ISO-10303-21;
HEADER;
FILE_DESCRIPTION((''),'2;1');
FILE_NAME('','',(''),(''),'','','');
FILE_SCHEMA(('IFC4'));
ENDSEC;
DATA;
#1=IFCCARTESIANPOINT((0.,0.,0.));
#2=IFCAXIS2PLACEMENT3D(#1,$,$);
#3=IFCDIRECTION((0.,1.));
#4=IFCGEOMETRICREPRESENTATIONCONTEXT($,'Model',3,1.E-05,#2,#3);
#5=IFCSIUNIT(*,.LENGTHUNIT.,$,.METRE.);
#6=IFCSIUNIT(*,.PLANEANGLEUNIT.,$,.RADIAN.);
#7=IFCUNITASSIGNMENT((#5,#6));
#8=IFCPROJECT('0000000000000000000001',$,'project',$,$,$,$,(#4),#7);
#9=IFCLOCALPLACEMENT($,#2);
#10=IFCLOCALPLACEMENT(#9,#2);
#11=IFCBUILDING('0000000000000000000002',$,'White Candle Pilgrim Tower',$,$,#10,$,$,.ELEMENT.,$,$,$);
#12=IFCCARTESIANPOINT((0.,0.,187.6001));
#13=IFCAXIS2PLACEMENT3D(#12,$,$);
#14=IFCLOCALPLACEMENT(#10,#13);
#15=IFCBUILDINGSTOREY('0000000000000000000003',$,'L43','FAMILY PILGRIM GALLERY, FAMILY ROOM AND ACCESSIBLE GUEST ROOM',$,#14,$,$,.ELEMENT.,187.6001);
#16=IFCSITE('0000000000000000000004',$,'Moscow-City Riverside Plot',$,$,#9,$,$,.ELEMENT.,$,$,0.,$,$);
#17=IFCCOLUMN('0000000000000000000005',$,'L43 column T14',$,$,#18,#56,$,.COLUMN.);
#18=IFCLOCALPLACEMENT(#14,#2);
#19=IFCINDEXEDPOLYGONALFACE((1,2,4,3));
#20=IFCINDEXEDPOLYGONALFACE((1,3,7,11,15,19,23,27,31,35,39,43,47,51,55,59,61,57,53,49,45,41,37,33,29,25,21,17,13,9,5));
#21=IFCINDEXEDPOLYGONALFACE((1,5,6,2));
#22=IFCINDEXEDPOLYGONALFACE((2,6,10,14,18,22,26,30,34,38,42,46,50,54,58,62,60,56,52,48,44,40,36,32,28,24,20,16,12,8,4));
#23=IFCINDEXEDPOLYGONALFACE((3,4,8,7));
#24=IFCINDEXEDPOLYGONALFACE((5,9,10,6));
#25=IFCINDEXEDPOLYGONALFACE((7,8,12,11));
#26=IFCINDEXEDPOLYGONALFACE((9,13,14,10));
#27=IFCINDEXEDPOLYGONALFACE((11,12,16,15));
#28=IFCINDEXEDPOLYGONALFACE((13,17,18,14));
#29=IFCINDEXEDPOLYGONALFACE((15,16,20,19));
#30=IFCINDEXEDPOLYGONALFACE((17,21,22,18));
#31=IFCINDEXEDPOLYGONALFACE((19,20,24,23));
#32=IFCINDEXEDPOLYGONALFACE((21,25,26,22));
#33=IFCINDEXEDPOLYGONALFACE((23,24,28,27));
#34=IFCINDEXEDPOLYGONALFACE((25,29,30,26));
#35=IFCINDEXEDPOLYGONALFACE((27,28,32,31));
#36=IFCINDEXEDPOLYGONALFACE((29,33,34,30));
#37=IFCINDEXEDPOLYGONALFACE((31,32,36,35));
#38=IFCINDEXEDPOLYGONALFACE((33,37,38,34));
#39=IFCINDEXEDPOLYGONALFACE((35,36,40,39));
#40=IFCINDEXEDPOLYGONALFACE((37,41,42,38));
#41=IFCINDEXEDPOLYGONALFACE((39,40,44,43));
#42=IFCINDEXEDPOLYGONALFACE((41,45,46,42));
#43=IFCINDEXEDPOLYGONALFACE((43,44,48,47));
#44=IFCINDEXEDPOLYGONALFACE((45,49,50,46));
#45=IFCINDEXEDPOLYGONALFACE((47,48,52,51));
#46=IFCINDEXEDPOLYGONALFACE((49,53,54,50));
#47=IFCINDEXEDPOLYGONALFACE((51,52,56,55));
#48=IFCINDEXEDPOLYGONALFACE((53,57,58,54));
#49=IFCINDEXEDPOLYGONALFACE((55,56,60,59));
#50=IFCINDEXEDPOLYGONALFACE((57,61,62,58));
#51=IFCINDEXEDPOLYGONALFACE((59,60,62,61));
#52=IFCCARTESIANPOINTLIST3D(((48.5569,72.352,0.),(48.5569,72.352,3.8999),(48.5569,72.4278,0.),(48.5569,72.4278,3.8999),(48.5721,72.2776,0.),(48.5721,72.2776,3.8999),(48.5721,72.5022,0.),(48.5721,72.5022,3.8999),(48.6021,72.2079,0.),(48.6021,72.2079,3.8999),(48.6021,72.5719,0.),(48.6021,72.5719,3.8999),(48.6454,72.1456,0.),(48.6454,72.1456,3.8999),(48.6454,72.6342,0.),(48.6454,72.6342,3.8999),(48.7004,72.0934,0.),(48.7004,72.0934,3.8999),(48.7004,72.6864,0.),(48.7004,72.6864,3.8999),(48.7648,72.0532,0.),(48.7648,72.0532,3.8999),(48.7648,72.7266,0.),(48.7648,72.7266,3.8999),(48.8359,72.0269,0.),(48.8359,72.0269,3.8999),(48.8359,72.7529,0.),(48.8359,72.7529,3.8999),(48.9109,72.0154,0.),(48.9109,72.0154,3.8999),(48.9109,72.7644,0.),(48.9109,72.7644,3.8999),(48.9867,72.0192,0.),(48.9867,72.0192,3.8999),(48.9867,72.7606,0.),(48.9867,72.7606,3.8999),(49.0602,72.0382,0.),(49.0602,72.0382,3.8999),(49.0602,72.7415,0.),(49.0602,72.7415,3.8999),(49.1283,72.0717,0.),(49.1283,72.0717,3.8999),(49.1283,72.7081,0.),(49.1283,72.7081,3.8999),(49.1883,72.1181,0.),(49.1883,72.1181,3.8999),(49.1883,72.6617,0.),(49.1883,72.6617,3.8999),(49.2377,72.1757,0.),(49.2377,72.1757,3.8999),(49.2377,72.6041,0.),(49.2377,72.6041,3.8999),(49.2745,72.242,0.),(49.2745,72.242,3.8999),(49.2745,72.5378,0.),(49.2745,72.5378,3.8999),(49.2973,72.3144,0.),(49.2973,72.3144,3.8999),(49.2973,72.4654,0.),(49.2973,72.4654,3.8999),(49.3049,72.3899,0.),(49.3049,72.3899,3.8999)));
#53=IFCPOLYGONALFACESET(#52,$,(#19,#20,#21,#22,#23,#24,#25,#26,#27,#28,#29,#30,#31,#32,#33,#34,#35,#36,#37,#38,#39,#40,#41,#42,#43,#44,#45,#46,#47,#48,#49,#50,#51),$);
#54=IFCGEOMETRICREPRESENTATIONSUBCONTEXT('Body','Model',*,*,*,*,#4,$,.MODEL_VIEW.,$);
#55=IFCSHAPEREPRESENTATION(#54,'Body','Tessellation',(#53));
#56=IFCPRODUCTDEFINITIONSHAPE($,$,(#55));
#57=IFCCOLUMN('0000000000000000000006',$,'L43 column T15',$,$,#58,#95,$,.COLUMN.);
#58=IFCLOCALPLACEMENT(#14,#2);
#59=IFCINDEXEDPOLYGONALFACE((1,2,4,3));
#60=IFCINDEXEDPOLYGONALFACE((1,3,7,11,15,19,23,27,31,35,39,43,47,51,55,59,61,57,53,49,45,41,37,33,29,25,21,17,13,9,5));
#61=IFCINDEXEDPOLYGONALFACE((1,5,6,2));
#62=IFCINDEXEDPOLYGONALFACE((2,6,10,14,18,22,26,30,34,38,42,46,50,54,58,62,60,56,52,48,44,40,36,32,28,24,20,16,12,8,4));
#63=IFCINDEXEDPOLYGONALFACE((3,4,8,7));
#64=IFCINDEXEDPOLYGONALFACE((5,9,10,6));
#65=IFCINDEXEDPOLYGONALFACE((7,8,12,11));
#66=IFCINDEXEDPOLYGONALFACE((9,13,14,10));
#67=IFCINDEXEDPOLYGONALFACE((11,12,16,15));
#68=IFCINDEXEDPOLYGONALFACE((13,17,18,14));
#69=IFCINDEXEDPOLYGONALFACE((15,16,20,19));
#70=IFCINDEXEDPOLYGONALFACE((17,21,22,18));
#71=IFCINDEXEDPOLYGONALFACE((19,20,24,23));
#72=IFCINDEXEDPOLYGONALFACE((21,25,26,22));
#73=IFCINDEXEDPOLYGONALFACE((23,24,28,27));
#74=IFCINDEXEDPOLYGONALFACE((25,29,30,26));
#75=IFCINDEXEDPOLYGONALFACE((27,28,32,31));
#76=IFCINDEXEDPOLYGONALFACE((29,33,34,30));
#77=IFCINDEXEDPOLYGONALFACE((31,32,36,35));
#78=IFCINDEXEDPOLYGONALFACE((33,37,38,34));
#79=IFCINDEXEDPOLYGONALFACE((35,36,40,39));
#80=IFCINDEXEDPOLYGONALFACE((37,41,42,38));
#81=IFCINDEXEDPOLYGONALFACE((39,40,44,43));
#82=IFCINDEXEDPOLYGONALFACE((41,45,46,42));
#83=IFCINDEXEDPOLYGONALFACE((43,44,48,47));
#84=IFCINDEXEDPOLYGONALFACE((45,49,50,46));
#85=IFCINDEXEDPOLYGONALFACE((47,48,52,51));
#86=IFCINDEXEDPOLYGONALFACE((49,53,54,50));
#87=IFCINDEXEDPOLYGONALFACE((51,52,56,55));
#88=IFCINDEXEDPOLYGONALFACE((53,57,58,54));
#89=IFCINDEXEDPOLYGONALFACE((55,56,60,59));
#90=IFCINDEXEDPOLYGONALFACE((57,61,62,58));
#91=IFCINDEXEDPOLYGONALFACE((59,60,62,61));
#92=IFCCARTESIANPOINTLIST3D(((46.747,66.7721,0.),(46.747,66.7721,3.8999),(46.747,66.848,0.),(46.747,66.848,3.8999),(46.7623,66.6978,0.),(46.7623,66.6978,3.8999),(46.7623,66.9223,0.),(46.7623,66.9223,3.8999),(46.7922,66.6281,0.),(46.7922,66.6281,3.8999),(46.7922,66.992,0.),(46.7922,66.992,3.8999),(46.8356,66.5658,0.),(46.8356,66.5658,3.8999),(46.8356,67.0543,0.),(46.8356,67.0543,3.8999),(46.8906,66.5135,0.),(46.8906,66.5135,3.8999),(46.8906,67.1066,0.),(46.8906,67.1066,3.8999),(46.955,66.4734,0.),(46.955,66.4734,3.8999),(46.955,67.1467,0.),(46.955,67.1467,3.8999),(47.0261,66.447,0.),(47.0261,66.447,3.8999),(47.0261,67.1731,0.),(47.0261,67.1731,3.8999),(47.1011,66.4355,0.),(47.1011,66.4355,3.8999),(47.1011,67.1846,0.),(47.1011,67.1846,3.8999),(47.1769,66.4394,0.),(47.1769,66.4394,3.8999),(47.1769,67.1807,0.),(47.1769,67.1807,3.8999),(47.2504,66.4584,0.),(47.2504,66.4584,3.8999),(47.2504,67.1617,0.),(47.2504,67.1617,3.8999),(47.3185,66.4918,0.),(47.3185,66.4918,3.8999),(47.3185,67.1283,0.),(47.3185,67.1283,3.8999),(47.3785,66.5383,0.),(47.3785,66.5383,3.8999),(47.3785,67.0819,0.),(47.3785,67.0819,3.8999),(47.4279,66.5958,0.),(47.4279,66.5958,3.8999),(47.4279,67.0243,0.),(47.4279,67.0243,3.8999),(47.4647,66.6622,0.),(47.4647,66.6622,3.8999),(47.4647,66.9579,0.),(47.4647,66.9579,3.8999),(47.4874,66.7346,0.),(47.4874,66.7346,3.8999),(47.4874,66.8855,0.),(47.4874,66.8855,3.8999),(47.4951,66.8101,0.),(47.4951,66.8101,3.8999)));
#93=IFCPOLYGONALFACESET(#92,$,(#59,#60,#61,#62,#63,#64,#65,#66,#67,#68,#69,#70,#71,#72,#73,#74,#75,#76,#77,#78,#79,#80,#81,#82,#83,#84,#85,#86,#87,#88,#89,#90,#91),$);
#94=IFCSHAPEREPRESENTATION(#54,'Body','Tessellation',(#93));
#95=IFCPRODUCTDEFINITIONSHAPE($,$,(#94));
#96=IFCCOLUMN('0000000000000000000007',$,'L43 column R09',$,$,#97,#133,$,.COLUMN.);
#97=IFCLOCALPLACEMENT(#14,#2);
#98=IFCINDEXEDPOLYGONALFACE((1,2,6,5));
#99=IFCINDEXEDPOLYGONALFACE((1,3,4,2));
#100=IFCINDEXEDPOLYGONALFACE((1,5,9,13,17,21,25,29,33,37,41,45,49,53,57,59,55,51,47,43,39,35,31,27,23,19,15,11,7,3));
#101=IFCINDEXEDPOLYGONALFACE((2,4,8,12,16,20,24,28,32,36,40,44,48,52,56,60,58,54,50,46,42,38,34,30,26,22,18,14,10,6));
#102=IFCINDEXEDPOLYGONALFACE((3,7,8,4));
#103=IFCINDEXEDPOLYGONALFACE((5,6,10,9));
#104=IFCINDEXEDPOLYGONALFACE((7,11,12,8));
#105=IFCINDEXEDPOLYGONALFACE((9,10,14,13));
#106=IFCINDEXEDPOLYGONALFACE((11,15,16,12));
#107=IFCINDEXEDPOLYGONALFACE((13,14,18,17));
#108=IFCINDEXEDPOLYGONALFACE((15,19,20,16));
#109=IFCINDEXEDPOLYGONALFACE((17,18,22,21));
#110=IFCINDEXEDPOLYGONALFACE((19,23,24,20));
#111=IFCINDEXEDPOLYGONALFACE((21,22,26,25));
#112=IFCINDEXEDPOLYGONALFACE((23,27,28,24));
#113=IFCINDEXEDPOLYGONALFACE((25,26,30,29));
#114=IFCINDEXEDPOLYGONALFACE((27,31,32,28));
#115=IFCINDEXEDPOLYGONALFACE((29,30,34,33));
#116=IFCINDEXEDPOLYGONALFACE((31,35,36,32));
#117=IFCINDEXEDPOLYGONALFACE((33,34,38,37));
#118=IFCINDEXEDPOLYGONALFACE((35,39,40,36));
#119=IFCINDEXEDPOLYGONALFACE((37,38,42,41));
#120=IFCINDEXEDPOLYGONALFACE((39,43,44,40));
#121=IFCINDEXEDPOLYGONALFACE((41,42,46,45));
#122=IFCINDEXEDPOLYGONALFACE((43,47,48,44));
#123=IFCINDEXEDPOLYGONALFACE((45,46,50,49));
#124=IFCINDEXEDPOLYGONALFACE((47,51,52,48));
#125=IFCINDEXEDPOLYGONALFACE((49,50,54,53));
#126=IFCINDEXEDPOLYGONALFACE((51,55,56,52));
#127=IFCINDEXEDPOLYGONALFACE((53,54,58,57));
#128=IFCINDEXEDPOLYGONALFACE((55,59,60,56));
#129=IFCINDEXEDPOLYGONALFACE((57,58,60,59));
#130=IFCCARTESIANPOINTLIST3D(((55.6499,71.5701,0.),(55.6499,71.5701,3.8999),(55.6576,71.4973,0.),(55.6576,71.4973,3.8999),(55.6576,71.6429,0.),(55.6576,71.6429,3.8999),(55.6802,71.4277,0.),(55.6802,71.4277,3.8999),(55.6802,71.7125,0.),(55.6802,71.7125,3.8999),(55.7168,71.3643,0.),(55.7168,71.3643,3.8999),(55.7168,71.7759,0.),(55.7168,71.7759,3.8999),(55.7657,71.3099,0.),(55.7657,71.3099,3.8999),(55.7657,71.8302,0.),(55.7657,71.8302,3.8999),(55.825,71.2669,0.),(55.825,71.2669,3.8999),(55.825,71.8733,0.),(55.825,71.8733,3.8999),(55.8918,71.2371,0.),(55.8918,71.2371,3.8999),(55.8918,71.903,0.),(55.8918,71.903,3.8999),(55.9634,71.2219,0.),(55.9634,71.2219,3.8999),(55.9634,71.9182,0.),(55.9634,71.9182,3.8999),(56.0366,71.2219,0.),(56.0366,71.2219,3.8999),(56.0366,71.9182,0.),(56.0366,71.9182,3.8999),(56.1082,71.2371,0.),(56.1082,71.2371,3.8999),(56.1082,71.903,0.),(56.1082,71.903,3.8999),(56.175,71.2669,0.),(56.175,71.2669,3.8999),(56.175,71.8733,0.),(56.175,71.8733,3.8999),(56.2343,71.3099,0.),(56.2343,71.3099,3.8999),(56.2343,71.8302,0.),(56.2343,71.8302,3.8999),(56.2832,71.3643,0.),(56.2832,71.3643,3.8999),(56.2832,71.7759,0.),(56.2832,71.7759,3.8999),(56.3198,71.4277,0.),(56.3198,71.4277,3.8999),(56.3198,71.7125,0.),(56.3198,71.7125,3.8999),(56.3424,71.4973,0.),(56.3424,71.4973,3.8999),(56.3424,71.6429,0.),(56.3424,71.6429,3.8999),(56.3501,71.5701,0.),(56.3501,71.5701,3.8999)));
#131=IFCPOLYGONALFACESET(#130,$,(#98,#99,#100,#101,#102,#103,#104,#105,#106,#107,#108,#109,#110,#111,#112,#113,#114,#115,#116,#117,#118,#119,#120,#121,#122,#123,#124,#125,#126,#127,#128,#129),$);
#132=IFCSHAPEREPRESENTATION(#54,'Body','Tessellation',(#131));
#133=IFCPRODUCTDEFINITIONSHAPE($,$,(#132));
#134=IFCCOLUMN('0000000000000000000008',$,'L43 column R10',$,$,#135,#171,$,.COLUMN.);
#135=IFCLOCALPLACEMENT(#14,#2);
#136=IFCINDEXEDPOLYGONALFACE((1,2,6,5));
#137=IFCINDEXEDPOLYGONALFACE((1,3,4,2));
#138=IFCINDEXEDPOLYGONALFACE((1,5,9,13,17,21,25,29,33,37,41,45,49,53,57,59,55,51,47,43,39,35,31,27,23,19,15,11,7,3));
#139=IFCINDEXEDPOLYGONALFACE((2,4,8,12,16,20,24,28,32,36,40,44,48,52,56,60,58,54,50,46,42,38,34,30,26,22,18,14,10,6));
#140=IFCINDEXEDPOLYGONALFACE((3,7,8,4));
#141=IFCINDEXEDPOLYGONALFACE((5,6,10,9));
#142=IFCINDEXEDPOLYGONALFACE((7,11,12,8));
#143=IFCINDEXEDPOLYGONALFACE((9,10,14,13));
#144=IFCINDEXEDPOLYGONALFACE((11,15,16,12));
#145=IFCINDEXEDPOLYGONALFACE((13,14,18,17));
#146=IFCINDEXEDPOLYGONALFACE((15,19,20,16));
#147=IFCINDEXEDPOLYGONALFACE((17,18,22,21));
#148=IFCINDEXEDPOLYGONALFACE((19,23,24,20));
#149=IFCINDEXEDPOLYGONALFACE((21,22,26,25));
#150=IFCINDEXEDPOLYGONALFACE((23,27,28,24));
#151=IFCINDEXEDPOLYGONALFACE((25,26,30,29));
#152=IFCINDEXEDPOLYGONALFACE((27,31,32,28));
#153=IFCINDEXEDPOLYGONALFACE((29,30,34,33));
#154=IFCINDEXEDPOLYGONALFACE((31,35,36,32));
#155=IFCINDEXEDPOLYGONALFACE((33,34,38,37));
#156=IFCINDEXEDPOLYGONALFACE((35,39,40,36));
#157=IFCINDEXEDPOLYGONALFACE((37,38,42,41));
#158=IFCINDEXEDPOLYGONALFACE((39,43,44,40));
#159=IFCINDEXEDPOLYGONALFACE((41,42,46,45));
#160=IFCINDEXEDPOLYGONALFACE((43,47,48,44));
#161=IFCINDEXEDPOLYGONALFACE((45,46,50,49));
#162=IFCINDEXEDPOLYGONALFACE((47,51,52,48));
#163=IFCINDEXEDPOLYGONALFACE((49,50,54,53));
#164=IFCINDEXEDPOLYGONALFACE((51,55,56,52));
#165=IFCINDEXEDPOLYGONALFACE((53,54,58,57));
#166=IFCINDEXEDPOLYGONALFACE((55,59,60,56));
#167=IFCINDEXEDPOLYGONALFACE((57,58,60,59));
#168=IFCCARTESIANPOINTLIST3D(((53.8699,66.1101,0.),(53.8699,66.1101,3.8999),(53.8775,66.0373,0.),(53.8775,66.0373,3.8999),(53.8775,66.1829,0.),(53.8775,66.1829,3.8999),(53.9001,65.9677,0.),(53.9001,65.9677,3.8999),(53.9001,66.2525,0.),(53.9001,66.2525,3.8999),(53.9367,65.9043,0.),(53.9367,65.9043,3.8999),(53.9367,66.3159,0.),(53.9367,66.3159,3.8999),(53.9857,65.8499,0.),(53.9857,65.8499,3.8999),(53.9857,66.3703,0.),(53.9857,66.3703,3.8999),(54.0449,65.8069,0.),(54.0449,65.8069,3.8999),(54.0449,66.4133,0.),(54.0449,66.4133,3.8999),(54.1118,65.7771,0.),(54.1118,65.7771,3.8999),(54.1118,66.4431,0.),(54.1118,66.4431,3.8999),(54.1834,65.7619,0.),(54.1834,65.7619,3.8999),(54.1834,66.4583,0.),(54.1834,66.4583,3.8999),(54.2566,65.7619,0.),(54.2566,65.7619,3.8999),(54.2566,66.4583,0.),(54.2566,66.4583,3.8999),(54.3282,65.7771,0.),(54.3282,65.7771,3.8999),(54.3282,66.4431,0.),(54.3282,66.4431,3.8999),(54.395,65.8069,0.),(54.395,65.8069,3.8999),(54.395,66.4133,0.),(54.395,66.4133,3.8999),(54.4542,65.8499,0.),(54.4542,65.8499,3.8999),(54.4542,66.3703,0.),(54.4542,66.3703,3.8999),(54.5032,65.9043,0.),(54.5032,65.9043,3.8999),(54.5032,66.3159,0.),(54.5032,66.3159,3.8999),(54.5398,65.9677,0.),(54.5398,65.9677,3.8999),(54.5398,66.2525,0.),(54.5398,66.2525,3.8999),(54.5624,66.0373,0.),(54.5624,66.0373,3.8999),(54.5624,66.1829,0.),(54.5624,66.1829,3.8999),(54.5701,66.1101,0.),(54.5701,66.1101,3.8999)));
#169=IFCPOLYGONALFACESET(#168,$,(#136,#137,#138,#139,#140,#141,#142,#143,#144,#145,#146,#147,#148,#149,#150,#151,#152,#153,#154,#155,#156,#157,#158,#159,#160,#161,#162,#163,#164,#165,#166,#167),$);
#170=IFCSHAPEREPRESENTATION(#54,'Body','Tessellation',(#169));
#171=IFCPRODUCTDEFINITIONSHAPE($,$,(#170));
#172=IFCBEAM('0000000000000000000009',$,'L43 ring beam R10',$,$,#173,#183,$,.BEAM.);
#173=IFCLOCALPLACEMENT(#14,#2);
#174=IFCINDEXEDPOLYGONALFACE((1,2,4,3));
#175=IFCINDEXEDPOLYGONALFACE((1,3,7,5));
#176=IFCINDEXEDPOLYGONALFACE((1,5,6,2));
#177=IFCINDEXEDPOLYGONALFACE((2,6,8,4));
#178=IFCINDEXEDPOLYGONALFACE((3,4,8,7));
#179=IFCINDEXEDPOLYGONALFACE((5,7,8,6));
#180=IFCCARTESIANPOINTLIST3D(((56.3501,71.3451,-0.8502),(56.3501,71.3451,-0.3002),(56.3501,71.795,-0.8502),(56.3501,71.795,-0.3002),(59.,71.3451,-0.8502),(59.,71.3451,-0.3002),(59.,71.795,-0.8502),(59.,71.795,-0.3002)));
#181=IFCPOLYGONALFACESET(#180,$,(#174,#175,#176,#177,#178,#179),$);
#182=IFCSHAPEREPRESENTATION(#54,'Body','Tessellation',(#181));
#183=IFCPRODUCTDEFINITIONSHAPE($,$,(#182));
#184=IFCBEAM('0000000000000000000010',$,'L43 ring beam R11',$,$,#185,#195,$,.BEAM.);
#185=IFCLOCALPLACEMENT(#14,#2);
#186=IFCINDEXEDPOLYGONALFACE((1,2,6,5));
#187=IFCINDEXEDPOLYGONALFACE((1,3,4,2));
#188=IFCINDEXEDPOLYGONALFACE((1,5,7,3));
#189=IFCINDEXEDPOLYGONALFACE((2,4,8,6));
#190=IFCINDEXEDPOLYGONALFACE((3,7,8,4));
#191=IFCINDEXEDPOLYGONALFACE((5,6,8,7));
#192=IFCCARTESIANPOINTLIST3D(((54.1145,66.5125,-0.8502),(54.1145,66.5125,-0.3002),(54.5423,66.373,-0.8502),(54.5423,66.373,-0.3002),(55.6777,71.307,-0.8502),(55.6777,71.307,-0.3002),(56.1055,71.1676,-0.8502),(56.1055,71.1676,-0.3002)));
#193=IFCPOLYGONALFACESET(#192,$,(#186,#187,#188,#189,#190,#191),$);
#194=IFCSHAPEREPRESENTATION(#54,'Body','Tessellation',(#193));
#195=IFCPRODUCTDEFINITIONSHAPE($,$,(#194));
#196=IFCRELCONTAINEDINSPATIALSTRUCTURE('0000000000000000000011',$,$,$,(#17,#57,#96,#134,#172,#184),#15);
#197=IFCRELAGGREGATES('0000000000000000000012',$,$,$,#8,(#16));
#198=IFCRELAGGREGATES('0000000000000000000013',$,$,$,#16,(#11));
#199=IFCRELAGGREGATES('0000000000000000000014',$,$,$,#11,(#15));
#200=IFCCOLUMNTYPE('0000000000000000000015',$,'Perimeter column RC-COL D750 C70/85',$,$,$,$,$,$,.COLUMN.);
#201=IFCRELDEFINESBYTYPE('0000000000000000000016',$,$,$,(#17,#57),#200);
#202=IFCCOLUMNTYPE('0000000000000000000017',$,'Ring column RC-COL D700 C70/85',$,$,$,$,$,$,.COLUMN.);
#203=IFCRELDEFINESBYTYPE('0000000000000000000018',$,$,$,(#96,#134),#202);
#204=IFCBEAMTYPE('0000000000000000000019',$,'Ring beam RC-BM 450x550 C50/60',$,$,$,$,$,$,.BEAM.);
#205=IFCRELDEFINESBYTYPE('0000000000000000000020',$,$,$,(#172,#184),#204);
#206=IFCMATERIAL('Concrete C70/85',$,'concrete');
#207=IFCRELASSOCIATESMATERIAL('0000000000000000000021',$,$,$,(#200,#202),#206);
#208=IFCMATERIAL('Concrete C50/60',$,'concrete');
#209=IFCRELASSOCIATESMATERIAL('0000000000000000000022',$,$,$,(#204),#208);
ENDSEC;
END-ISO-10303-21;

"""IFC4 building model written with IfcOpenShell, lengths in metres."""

from ifc_helpers import new_model, si_unit, direction, frame, origin, origin_2d, place, context, subcontext, project, spatial, rectangle, circle, extrude, material, material_profile, profile_set, type_object, element, save


model = new_model("IFC4")

# Units and contexts
model_context = context("Model", 3, precision=1e-05, world=origin(), true_north=direction((0.0, 1.0)))
body_context = subcontext(model_context, "Body", "Model", "MODEL_VIEW")
ifc_project = project(units=[si_unit("LENGTHUNIT", "METRE"), si_unit("PLANEANGLEUNIT", "RADIAN")], contexts=[model_context])

# Site, building, storey
site_placement = place(None, origin())
site = spatial("IfcSite", under=ifc_project, at=site_placement, Name="Moscow-City Riverside Plot", CompositionType="ELEMENT", RefElevation=0.0)
building_placement = place(site_placement, origin())
building = spatial("IfcBuilding", under=site, at=building_placement, Name="White Candle Pilgrim Tower", CompositionType="ELEMENT")
storey_placement = place(building_placement, frame((0.0, 0.0, 187.6001)))
storey = spatial("IfcBuildingStorey", under=building, at=storey_placement, Name="L43", Description="FAMILY PILGRIM GALLERY, FAMILY ROOM AND ACCESSIBLE GUEST ROOM", CompositionType="ELEMENT", Elevation=187.6001)

# Columns
ifc_material_1 = material(Name="Concrete C70/85", Category="concrete")
ifc_material_profile_1 = material_profile(ifc_material_1, circle(Radius=0.375, at=origin_2d()), Name="RC-COL D750")
ifc_profile_set_1 = profile_set([ifc_material_profile_1], Name="Concrete C70/85")
column_type_1 = type_object("IfcColumnType", Name="Perimeter column RC-COL D750 C70/85", PredefinedType="COLUMN", material=ifc_profile_set_1)
for number, where, z_axis, x_axis, name in (
    (1, (48.9299, 72.3899, 0.0), (0.0, 0.0, 1.0), (1.0, 0.0, 0.0), "L43 column T14"),
    (2, (47.1201, 66.8101, 0.0), (0.0, 0.0, 1.0), (1.0, 0.0, 0.0), "L43 column T15"),
):
    element("IfcColumn", number, at=place(storey_placement, frame(where, z_axis=z_axis, x_axis=x_axis)), inside=storey, type_object=column_type_1, Name=name, PredefinedType="COLUMN", context=body_context, shape_type="SweptSolid", body=[
        extrude(circle(Radius=0.375, at=origin_2d()), origin(), (0.0, 0.0, 1.0), 3.8999),
    ])
ifc_material_profile_2 = material_profile(ifc_material_1, circle(Radius=0.3501, at=origin_2d()), Name="RC-COL D700")
ifc_profile_set_2 = profile_set([ifc_material_profile_2], Name="Concrete C70/85")
column_type_2 = type_object("IfcColumnType", Name="Ring column RC-COL D700 C70/85", PredefinedType="COLUMN", material=ifc_profile_set_2)
for number, where, z_axis, x_axis, name in (
    (3, (56.0, 71.5701, 0.0), (0.0, 0.0, 1.0), (1.0, 0.0, 0.0), "L43 column R09"),
    (4, (54.22, 66.1101, 0.0), (0.0, 0.0, 1.0), (1.0, 0.0, 0.0), "L43 column R10"),
):
    element("IfcColumn", number, at=place(storey_placement, frame(where, z_axis=z_axis, x_axis=x_axis)), inside=storey, type_object=column_type_2, Name=name, PredefinedType="COLUMN", context=body_context, shape_type="SweptSolid", body=[
        extrude(circle(Radius=0.3501, at=origin_2d()), origin(), (0.0, 0.0, 1.0), 3.8999),
    ])

# Beams
ifc_material_2 = material(Name="Concrete C50/60", Category="concrete")
ifc_material_profile_3 = material_profile(ifc_material_2, rectangle(XDim=0.45, YDim=0.55, at=origin_2d()), Name="RC-BM 450x550")
ifc_profile_set_3 = profile_set([ifc_material_profile_3], Name="Concrete C50/60")
beam_type_1 = type_object("IfcBeamType", Name="Ring beam RC-BM 450x550 C50/60", PredefinedType="BEAM", material=ifc_profile_set_3)
beam_1_placement = place(storey_placement, frame((56.3501, 71.5701, -0.5752), z_axis=(1.0, 0.0, 0.0), x_axis=(0.0, 1.0, 0.0)))
element("IfcBeam", 5, at=beam_1_placement, inside=storey, type_object=beam_type_1, Name="L43 ring beam R10", PredefinedType="BEAM", context=body_context, shape_type="SweptSolid", body=[
    extrude(rectangle(XDim=0.45, YDim=0.55, at=origin_2d()), origin(), (0.0, 0.0, 1.0), 2.6499),
])
beam_2_placement = place(storey_placement, frame((55.8916, 71.2373, -0.5752), z_axis=(-0.309976, -0.950744, 0.0), x_axis=(0.950744, -0.309976, 0.0)))
element("IfcBeam", 6, at=beam_2_placement, inside=storey, type_object=beam_type_1, Name="L43 ring beam R11", PredefinedType="BEAM", context=body_context, shape_type="SweptSolid", body=[
    extrude(rectangle(XDim=0.45, YDim=0.55, at=origin_2d()), origin(), (0.0, 0.0, 1.0), 5.043),
])

save(model, "model.ifc")
